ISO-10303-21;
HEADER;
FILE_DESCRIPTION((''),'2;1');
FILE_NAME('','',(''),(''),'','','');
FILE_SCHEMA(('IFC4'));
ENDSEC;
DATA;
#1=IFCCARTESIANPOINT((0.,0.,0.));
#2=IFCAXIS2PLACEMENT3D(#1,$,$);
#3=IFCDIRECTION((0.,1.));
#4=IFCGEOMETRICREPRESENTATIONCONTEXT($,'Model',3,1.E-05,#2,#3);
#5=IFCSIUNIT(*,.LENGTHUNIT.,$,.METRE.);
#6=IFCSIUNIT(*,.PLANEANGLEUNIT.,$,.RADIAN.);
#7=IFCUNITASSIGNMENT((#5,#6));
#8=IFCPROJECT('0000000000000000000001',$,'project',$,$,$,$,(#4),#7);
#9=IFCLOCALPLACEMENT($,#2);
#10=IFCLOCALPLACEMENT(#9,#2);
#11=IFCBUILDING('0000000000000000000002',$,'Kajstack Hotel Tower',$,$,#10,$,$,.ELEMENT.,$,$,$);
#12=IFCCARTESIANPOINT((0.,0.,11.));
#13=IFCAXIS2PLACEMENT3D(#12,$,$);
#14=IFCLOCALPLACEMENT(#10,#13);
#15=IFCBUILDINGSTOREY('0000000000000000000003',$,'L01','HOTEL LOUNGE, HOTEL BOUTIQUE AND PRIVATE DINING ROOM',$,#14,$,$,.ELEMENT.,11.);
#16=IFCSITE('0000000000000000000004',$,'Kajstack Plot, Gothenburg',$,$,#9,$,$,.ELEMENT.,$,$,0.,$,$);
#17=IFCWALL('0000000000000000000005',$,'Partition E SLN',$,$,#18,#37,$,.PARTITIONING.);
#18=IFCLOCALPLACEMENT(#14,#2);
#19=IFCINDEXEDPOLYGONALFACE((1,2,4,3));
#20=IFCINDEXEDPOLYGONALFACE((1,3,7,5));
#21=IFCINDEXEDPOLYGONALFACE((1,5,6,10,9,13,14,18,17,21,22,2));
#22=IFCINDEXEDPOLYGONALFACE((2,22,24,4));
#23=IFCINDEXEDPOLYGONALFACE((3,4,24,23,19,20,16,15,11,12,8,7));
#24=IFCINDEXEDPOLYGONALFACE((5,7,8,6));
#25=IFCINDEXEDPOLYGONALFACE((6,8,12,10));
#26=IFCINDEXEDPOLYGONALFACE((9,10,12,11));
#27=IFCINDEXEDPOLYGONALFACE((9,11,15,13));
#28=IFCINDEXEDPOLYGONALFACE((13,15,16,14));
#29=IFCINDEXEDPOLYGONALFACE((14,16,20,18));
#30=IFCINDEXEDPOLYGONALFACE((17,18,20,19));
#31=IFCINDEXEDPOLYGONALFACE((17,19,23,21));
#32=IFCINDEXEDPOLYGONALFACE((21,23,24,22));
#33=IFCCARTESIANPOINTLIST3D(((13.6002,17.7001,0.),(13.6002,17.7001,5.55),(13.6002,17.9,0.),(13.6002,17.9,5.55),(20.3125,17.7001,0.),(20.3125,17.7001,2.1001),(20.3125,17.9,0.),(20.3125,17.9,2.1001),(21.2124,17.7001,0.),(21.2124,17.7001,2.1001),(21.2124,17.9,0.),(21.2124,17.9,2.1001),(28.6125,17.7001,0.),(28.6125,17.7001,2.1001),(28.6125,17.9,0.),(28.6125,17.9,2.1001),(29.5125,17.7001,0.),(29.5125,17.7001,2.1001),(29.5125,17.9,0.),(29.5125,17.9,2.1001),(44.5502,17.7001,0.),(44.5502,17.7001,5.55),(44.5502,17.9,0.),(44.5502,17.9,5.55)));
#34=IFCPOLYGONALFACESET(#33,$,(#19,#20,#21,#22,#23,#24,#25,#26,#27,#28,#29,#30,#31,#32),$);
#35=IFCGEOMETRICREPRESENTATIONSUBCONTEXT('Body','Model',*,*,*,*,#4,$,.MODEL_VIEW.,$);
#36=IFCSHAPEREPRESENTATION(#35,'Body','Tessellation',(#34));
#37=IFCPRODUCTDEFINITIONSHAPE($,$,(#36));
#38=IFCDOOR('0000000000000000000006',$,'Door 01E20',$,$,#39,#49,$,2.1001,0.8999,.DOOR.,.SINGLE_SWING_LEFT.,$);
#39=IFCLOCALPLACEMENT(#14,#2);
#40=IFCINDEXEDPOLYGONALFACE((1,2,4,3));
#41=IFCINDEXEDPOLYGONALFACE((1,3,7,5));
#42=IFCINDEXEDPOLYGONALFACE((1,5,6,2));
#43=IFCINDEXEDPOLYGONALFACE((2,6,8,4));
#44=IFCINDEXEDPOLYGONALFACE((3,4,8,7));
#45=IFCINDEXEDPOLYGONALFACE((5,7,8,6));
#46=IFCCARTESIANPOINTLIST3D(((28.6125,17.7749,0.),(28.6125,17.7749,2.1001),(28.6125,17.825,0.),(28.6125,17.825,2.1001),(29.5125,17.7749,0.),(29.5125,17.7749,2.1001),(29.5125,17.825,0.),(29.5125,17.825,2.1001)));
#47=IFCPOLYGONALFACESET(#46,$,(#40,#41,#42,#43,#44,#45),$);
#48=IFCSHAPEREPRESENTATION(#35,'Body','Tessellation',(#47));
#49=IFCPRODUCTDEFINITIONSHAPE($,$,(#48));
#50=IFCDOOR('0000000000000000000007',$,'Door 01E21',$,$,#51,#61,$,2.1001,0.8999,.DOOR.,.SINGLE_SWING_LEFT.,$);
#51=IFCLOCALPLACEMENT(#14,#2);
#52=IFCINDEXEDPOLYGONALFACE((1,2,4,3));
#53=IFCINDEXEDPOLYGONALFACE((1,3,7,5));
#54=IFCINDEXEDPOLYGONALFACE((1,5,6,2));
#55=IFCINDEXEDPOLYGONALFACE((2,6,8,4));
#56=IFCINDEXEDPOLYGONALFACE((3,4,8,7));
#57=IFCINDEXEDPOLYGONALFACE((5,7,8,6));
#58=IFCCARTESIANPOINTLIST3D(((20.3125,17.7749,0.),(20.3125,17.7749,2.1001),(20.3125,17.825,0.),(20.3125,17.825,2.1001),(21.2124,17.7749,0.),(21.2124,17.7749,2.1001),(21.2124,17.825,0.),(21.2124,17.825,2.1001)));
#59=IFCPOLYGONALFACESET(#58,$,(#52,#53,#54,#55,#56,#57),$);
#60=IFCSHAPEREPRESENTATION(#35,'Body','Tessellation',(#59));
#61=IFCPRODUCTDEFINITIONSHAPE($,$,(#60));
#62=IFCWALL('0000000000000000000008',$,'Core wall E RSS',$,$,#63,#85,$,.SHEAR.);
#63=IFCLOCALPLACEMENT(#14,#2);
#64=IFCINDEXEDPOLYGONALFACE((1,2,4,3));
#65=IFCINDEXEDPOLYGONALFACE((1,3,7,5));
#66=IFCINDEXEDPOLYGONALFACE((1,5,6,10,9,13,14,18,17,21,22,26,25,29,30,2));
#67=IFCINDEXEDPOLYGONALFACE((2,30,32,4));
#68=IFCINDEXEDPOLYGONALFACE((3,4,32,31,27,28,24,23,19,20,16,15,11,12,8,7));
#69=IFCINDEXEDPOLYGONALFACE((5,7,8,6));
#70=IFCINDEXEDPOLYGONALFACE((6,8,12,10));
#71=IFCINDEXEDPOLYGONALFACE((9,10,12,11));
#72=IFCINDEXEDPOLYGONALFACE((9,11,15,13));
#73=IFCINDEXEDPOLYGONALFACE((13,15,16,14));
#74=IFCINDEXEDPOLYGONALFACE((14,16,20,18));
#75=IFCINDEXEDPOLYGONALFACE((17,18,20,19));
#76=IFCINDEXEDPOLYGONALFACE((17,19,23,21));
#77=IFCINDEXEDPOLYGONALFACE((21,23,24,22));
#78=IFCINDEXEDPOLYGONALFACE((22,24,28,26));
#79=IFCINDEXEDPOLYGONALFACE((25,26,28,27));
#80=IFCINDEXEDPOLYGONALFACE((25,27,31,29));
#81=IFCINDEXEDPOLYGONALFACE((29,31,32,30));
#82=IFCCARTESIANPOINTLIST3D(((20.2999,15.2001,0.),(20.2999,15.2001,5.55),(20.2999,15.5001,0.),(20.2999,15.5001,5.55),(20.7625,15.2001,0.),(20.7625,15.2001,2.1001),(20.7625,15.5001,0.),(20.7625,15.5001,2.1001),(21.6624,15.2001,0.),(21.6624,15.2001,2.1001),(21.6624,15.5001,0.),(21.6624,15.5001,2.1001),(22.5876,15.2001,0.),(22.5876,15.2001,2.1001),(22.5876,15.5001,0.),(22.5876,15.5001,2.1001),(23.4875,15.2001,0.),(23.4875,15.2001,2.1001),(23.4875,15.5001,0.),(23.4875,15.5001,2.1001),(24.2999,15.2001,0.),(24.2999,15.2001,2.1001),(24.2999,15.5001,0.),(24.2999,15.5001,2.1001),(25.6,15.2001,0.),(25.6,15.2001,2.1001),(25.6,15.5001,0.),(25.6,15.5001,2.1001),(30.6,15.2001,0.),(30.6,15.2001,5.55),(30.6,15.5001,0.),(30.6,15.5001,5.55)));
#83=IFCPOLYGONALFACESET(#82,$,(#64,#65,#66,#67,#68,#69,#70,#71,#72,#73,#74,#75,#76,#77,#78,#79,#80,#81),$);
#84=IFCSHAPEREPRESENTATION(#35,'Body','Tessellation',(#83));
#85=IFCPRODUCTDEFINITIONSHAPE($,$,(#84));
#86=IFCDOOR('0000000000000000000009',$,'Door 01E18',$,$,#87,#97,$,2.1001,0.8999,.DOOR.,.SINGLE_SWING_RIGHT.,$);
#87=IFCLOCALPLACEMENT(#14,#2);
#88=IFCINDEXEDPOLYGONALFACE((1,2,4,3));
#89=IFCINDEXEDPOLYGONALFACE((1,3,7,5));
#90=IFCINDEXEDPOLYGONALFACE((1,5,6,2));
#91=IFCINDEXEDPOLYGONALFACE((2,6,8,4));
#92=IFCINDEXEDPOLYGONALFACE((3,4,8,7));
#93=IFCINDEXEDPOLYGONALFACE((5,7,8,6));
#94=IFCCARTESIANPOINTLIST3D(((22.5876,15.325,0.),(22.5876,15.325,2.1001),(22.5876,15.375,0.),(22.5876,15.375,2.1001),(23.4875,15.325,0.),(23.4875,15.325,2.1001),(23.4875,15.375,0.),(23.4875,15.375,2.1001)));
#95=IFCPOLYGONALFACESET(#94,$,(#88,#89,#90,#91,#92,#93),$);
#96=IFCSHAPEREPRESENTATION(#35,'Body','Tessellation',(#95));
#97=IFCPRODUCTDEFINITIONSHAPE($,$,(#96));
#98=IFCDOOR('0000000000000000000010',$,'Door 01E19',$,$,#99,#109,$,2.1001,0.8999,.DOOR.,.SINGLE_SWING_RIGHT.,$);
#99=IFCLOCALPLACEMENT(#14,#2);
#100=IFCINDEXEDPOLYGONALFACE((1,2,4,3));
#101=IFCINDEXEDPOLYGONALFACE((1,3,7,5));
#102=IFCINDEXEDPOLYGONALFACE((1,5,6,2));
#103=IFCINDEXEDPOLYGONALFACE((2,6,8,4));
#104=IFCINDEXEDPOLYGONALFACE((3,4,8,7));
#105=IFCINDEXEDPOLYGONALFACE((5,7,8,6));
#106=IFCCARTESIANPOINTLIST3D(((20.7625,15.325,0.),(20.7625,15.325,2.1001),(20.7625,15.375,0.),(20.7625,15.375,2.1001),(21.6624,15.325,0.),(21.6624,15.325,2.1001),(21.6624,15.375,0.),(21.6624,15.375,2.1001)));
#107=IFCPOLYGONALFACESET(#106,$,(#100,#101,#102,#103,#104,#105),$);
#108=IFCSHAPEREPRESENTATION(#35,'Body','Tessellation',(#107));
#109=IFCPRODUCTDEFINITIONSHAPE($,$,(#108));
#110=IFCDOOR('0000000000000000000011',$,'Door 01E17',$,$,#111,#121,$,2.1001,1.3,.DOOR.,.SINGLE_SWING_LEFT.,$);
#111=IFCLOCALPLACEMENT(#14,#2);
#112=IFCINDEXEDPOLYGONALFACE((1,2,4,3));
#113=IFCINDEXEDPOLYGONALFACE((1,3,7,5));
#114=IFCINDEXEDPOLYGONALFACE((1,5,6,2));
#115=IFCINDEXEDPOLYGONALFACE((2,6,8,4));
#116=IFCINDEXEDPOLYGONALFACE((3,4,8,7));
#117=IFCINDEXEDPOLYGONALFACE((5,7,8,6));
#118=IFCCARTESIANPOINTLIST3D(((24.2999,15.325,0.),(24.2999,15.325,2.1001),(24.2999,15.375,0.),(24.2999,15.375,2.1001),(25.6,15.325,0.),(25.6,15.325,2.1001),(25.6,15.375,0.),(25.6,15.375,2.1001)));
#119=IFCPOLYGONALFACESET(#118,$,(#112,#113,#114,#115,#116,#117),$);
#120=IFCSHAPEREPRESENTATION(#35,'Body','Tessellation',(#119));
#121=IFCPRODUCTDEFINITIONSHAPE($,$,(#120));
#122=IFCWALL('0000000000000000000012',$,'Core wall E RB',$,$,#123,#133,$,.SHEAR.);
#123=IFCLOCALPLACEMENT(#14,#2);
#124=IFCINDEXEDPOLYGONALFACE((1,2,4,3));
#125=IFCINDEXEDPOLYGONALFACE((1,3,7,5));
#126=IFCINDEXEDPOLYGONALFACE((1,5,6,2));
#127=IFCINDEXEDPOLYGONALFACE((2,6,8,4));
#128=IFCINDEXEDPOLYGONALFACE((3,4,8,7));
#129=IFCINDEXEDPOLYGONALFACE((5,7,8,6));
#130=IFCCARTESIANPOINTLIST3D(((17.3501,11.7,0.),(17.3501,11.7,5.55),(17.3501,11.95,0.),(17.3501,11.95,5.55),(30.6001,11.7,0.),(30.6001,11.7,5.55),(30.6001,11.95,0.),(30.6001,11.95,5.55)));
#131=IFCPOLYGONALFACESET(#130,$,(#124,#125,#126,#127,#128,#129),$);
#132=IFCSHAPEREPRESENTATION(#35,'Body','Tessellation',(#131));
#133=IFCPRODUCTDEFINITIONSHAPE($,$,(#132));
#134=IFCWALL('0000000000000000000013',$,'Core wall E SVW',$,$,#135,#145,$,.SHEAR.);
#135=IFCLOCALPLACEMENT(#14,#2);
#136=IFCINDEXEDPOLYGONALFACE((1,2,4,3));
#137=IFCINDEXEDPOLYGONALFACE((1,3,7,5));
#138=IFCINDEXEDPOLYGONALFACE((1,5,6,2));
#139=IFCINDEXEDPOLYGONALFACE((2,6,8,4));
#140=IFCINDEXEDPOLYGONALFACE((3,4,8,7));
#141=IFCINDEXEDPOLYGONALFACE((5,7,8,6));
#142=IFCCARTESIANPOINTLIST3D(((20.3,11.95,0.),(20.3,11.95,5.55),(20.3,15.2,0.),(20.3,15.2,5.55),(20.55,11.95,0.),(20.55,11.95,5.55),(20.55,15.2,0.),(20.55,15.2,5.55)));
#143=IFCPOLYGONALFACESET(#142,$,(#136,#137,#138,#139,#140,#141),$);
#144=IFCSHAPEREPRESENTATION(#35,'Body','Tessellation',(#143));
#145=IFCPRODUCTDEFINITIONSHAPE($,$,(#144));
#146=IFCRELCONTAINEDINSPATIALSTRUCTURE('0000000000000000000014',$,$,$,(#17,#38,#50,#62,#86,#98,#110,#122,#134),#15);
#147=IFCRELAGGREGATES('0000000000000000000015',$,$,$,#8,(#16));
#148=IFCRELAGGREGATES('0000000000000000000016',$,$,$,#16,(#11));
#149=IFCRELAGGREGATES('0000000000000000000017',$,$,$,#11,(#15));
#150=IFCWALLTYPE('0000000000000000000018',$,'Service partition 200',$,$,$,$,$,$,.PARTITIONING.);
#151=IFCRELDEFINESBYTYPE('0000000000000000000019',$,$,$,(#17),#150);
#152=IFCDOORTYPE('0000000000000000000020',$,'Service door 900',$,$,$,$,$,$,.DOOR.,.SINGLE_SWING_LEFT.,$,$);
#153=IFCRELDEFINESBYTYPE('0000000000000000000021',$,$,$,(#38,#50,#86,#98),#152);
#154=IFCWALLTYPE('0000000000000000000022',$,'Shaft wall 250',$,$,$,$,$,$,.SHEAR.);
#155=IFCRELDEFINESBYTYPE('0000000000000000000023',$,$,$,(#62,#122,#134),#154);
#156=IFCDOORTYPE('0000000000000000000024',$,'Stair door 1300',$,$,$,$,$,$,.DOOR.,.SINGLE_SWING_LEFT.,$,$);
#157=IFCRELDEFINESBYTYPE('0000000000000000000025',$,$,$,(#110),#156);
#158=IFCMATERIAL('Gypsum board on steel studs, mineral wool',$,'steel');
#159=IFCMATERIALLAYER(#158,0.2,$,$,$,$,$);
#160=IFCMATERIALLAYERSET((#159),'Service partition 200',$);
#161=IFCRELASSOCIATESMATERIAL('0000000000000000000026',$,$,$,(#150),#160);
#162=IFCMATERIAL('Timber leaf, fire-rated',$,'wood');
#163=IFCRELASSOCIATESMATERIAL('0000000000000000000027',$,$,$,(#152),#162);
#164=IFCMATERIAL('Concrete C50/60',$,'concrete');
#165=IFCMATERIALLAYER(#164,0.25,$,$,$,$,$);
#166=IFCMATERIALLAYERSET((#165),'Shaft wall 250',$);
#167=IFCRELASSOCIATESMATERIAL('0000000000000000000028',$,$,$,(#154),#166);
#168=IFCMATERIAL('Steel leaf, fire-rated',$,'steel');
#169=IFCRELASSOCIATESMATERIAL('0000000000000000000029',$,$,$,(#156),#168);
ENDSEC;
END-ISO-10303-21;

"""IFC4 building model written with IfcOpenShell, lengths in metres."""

from ifc_helpers import new_model, si_unit, direction, frame, frame_2d, origin, place, context, subcontext, project, spatial, rectangle, extrude, material, layer, layer_set, type_object, element, fill, save


model = new_model("IFC4")

# Units and contexts
model_context = context("Model", 3, precision=1e-05, world=origin(), true_north=direction((0.0, 1.0)))
body_context = subcontext(model_context, "Body", "Model", "MODEL_VIEW")
ifc_project = project(units=[si_unit("LENGTHUNIT", "METRE"), si_unit("PLANEANGLEUNIT", "RADIAN")], contexts=[model_context])

# Site, building, storey
site_placement = place(None, origin())
site = spatial("IfcSite", under=ifc_project, at=site_placement, Name="Kajstack Plot, Gothenburg", CompositionType="ELEMENT", RefElevation=0.0)
building_placement = place(site_placement, origin())
building = spatial("IfcBuilding", under=site, at=building_placement, Name="Kajstack Hotel Tower", CompositionType="ELEMENT")
storey_placement = place(building_placement, frame((0.0, 0.0, 11.0)))
storey = spatial("IfcBuildingStorey", under=building, at=storey_placement, Name="L01", Description="HOTEL LOUNGE, HOTEL BOUTIQUE AND PRIVATE DINING ROOM", CompositionType="ELEMENT", Elevation=11.0)

# Shared definitions
ifc_material_1 = material(Name="Concrete C50/60", Category="concrete")

# Shared definitions
ifc_material_2 = material(Name="Gypsum board on steel studs, mineral wool", Category="steel")
ifc_layer_1 = layer(ifc_material_2, 0.2)
ifc_layer_set_1 = layer_set([ifc_layer_1], Name="Service partition 200")
wall_type_1 = type_object("IfcWallType", Name="Service partition 200", PredefinedType="PARTITIONING", material=ifc_layer_set_1)

# Walls, openings, doors
wall_1_placement = place(storey_placement, frame((13.6001, 17.8, 0.0), z_axis=(0.0, 0.0, 1.0), x_axis=(1.0, 0.0, 0.0)))
wall_1 = element("IfcWall", 1, at=wall_1_placement, inside=storey, type_object=wall_type_1, Name="Partition E SLN", PredefinedType="PARTITIONING", context=body_context, shape_type="SweptSolid", body=[
    extrude(rectangle(XDim=30.95, YDim=0.2, at=frame_2d((15.4751, 0.0))), origin(), (0.0, 0.0, 1.0), 5.55),
])
opening_1_placement = place(wall_1_placement, frame((15.0125, 0.0, 0.0)))
opening_1 = element("IfcOpeningElement", 2, at=opening_1_placement, cuts=wall_1, PredefinedType="OPENING", context=body_context, shape_type="SweptSolid", body=[
    extrude(rectangle(XDim=0.8999, YDim=2.1001, at=frame_2d((0.45, 1.05))), frame((0.0, 0.1099, 0.0), z_axis=(0.0, -1.0, 0.0), x_axis=(1.0, 0.0, 0.0)), (0.0, 0.0, 1.0), 0.22),
])
opening_2_placement = place(wall_1_placement, frame((6.7124, 0.0, 0.0)))
opening_2 = element("IfcOpeningElement", 3, at=opening_2_placement, cuts=wall_1, PredefinedType="OPENING", context=body_context, shape_type="SweptSolid", body=[
    extrude(rectangle(XDim=0.8999, YDim=2.1001, at=frame_2d((0.45, 1.05))), frame((0.0, 0.1099, 0.0), z_axis=(0.0, -1.0, 0.0), x_axis=(1.0, 0.0, 0.0)), (0.0, 0.0, 1.0), 0.22),
])
ifc_material_3 = material(Name="Timber leaf, fire-rated", Category="wood")
door_type_1 = type_object("IfcDoorType", Name="Service door 900", OperationType="SINGLE_SWING_LEFT", PredefinedType="DOOR", material=ifc_material_3)
door_1_placement = place(opening_1_placement, origin())
door_1 = element("IfcDoor", 4, at=door_1_placement, inside=storey, type_object=door_type_1, Name="Door 01E20", OperationType="SINGLE_SWING_LEFT", OverallHeight=2.1001, OverallWidth=0.8999, PredefinedType="DOOR", context=body_context, shape_type="SweptSolid", body=[
    extrude(rectangle(XDim=0.8999, YDim=2.1001, at=frame_2d((0.45, 1.05))), frame((0.0, 0.0249, 0.0), z_axis=(0.0, -1.0, 0.0), x_axis=(1.0, 0.0, 0.0)), (0.0, 0.0, 1.0), 0.05),
])
fill(opening_1, door_1)
door_2_placement = place(opening_2_placement, origin())
door_2 = element("IfcDoor", 5, at=door_2_placement, inside=storey, type_object=door_type_1, Name="Door 01E21", OperationType="SINGLE_SWING_LEFT", OverallHeight=2.1001, OverallWidth=0.8999, PredefinedType="DOOR", context=body_context, shape_type="SweptSolid", body=[
    extrude(rectangle(XDim=0.8999, YDim=2.1001, at=frame_2d((0.45, 1.05))), frame((0.0, 0.0249, 0.0), z_axis=(0.0, -1.0, 0.0), x_axis=(1.0, 0.0, 0.0)), (0.0, 0.0, 1.0), 0.05),
])
fill(opening_2, door_2)
ifc_layer_2 = layer(ifc_material_1, 0.25)
ifc_layer_set_2 = layer_set([ifc_layer_2], Name="Shaft wall 250")
wall_type_2 = type_object("IfcWallType", Name="Shaft wall 250", PredefinedType="SHEAR", material=ifc_layer_set_2)
wall_2_placement = place(storey_placement, frame((20.3, 15.3501, 0.0), z_axis=(0.0, 0.0, 1.0), x_axis=(1.0, 0.0, 0.0)))
wall_2 = element("IfcWall", 6, at=wall_2_placement, inside=storey, type_object=wall_type_2, Name="Core wall E RSS", PredefinedType="SHEAR", context=body_context, shape_type="SweptSolid", body=[
    extrude(rectangle(XDim=10.3, YDim=0.3, at=frame_2d((5.1499, 0.0))), origin(), (0.0, 0.0, 1.0), 5.55),
])
opening_3_placement = place(wall_2_placement, frame((4.0, 0.0, 0.0)))
opening_3 = element("IfcOpeningElement", 7, at=opening_3_placement, cuts=wall_2, PredefinedType="OPENING", context=body_context, shape_type="SweptSolid", body=[
    extrude(rectangle(XDim=1.3, YDim=2.1001, at=frame_2d((0.6499, 1.05))), frame((0.0, 0.1599, 0.0), z_axis=(0.0, -1.0, 0.0), x_axis=(1.0, 0.0, 0.0)), (0.0, 0.0, 1.0), 0.3201),
])
opening_4_placement = place(wall_2_placement, frame((2.2876, 0.0, 0.0)))
opening_4 = element("IfcOpeningElement", 8, at=opening_4_placement, cuts=wall_2, PredefinedType="OPENING", context=body_context, shape_type="SweptSolid", body=[
    extrude(rectangle(XDim=0.8999, YDim=2.1001, at=frame_2d((0.45, 1.05))), frame((0.0, 0.1599, 0.0), z_axis=(0.0, -1.0, 0.0), x_axis=(1.0, 0.0, 0.0)), (0.0, 0.0, 1.0), 0.3201),
])
opening_5_placement = place(wall_2_placement, frame((0.4624, 0.0, 0.0)))
opening_5 = element("IfcOpeningElement", 9, at=opening_5_placement, cuts=wall_2, PredefinedType="OPENING", context=body_context, shape_type="SweptSolid", body=[
    extrude(rectangle(XDim=0.8999, YDim=2.1001, at=frame_2d((0.45, 1.05))), frame((0.0, 0.1599, 0.0), z_axis=(0.0, -1.0, 0.0), x_axis=(1.0, 0.0, 0.0)), (0.0, 0.0, 1.0), 0.3201),
])
door_3_placement = place(opening_4_placement, origin())
door_3 = element("IfcDoor", 10, at=door_3_placement, inside=storey, type_object=door_type_1, Name="Door 01E18", OperationType="SINGLE_SWING_RIGHT", OverallHeight=2.1001, OverallWidth=0.8999, PredefinedType="DOOR", context=body_context, shape_type="SweptSolid", body=[
    extrude(rectangle(XDim=0.8999, YDim=2.1001, at=frame_2d((0.45, 1.05))), frame((0.0, 0.0249, 0.0), z_axis=(0.0, -1.0, 0.0), x_axis=(1.0, 0.0, 0.0)), (0.0, 0.0, 1.0), 0.05),
])
fill(opening_4, door_3)
door_4_placement = place(opening_5_placement, origin())
door_4 = element("IfcDoor", 11, at=door_4_placement, inside=storey, type_object=door_type_1, Name="Door 01E19", OperationType="SINGLE_SWING_RIGHT", OverallHeight=2.1001, OverallWidth=0.8999, PredefinedType="DOOR", context=body_context, shape_type="SweptSolid", body=[
    extrude(rectangle(XDim=0.8999, YDim=2.1001, at=frame_2d((0.45, 1.05))), frame((0.0, 0.0249, 0.0), z_axis=(0.0, -1.0, 0.0), x_axis=(1.0, 0.0, 0.0)), (0.0, 0.0, 1.0), 0.05),
])
fill(opening_5, door_4)
ifc_material_4 = material(Name="Steel leaf, fire-rated", Category="steel")
door_type_2 = type_object("IfcDoorType", Name="Stair door 1300", OperationType="SINGLE_SWING_LEFT", PredefinedType="DOOR", material=ifc_material_4)
door_5_placement = place(opening_3_placement, origin())
door_5 = element("IfcDoor", 12, at=door_5_placement, inside=storey, type_object=door_type_2, Name="Door 01E17", OperationType="SINGLE_SWING_LEFT", OverallHeight=2.1001, OverallWidth=1.3, PredefinedType="DOOR", context=body_context, shape_type="SweptSolid", body=[
    extrude(rectangle(XDim=1.3, YDim=2.1001, at=frame_2d((0.6499, 1.05))), frame((0.0, 0.0249, 0.0), z_axis=(0.0, -1.0, 0.0), x_axis=(1.0, 0.0, 0.0)), (0.0, 0.0, 1.0), 0.05),
])
fill(opening_3, door_5)

# Walls
wall_3_placement = place(storey_placement, frame((17.3501, 11.825, 0.0), z_axis=(0.0, 0.0, 1.0), x_axis=(1.0, 0.0, 0.0)))
element("IfcWall", 13, at=wall_3_placement, inside=storey, type_object=wall_type_2, Name="Core wall E RB", PredefinedType="SHEAR", context=body_context, shape_type="SweptSolid", body=[
    extrude(rectangle(XDim=13.25, YDim=0.25, at=frame_2d((6.625, 0.0))), origin(), (0.0, 0.0, 1.0), 5.55),
])
wall_4_placement = place(storey_placement, frame((20.425, 11.95, 0.0), z_axis=(0.0, 0.0, 1.0), x_axis=(0.0, 1.0, 0.0)))
element("IfcWall", 14, at=wall_4_placement, inside=storey, type_object=wall_type_2, Name="Core wall E SVW", PredefinedType="SHEAR", context=body_context, shape_type="SweptSolid", body=[
    extrude(rectangle(XDim=3.25, YDim=0.25, at=frame_2d((1.625, 0.0))), origin(), (0.0, 0.0, 1.0), 5.55),
])

save(model, "model.ifc")
